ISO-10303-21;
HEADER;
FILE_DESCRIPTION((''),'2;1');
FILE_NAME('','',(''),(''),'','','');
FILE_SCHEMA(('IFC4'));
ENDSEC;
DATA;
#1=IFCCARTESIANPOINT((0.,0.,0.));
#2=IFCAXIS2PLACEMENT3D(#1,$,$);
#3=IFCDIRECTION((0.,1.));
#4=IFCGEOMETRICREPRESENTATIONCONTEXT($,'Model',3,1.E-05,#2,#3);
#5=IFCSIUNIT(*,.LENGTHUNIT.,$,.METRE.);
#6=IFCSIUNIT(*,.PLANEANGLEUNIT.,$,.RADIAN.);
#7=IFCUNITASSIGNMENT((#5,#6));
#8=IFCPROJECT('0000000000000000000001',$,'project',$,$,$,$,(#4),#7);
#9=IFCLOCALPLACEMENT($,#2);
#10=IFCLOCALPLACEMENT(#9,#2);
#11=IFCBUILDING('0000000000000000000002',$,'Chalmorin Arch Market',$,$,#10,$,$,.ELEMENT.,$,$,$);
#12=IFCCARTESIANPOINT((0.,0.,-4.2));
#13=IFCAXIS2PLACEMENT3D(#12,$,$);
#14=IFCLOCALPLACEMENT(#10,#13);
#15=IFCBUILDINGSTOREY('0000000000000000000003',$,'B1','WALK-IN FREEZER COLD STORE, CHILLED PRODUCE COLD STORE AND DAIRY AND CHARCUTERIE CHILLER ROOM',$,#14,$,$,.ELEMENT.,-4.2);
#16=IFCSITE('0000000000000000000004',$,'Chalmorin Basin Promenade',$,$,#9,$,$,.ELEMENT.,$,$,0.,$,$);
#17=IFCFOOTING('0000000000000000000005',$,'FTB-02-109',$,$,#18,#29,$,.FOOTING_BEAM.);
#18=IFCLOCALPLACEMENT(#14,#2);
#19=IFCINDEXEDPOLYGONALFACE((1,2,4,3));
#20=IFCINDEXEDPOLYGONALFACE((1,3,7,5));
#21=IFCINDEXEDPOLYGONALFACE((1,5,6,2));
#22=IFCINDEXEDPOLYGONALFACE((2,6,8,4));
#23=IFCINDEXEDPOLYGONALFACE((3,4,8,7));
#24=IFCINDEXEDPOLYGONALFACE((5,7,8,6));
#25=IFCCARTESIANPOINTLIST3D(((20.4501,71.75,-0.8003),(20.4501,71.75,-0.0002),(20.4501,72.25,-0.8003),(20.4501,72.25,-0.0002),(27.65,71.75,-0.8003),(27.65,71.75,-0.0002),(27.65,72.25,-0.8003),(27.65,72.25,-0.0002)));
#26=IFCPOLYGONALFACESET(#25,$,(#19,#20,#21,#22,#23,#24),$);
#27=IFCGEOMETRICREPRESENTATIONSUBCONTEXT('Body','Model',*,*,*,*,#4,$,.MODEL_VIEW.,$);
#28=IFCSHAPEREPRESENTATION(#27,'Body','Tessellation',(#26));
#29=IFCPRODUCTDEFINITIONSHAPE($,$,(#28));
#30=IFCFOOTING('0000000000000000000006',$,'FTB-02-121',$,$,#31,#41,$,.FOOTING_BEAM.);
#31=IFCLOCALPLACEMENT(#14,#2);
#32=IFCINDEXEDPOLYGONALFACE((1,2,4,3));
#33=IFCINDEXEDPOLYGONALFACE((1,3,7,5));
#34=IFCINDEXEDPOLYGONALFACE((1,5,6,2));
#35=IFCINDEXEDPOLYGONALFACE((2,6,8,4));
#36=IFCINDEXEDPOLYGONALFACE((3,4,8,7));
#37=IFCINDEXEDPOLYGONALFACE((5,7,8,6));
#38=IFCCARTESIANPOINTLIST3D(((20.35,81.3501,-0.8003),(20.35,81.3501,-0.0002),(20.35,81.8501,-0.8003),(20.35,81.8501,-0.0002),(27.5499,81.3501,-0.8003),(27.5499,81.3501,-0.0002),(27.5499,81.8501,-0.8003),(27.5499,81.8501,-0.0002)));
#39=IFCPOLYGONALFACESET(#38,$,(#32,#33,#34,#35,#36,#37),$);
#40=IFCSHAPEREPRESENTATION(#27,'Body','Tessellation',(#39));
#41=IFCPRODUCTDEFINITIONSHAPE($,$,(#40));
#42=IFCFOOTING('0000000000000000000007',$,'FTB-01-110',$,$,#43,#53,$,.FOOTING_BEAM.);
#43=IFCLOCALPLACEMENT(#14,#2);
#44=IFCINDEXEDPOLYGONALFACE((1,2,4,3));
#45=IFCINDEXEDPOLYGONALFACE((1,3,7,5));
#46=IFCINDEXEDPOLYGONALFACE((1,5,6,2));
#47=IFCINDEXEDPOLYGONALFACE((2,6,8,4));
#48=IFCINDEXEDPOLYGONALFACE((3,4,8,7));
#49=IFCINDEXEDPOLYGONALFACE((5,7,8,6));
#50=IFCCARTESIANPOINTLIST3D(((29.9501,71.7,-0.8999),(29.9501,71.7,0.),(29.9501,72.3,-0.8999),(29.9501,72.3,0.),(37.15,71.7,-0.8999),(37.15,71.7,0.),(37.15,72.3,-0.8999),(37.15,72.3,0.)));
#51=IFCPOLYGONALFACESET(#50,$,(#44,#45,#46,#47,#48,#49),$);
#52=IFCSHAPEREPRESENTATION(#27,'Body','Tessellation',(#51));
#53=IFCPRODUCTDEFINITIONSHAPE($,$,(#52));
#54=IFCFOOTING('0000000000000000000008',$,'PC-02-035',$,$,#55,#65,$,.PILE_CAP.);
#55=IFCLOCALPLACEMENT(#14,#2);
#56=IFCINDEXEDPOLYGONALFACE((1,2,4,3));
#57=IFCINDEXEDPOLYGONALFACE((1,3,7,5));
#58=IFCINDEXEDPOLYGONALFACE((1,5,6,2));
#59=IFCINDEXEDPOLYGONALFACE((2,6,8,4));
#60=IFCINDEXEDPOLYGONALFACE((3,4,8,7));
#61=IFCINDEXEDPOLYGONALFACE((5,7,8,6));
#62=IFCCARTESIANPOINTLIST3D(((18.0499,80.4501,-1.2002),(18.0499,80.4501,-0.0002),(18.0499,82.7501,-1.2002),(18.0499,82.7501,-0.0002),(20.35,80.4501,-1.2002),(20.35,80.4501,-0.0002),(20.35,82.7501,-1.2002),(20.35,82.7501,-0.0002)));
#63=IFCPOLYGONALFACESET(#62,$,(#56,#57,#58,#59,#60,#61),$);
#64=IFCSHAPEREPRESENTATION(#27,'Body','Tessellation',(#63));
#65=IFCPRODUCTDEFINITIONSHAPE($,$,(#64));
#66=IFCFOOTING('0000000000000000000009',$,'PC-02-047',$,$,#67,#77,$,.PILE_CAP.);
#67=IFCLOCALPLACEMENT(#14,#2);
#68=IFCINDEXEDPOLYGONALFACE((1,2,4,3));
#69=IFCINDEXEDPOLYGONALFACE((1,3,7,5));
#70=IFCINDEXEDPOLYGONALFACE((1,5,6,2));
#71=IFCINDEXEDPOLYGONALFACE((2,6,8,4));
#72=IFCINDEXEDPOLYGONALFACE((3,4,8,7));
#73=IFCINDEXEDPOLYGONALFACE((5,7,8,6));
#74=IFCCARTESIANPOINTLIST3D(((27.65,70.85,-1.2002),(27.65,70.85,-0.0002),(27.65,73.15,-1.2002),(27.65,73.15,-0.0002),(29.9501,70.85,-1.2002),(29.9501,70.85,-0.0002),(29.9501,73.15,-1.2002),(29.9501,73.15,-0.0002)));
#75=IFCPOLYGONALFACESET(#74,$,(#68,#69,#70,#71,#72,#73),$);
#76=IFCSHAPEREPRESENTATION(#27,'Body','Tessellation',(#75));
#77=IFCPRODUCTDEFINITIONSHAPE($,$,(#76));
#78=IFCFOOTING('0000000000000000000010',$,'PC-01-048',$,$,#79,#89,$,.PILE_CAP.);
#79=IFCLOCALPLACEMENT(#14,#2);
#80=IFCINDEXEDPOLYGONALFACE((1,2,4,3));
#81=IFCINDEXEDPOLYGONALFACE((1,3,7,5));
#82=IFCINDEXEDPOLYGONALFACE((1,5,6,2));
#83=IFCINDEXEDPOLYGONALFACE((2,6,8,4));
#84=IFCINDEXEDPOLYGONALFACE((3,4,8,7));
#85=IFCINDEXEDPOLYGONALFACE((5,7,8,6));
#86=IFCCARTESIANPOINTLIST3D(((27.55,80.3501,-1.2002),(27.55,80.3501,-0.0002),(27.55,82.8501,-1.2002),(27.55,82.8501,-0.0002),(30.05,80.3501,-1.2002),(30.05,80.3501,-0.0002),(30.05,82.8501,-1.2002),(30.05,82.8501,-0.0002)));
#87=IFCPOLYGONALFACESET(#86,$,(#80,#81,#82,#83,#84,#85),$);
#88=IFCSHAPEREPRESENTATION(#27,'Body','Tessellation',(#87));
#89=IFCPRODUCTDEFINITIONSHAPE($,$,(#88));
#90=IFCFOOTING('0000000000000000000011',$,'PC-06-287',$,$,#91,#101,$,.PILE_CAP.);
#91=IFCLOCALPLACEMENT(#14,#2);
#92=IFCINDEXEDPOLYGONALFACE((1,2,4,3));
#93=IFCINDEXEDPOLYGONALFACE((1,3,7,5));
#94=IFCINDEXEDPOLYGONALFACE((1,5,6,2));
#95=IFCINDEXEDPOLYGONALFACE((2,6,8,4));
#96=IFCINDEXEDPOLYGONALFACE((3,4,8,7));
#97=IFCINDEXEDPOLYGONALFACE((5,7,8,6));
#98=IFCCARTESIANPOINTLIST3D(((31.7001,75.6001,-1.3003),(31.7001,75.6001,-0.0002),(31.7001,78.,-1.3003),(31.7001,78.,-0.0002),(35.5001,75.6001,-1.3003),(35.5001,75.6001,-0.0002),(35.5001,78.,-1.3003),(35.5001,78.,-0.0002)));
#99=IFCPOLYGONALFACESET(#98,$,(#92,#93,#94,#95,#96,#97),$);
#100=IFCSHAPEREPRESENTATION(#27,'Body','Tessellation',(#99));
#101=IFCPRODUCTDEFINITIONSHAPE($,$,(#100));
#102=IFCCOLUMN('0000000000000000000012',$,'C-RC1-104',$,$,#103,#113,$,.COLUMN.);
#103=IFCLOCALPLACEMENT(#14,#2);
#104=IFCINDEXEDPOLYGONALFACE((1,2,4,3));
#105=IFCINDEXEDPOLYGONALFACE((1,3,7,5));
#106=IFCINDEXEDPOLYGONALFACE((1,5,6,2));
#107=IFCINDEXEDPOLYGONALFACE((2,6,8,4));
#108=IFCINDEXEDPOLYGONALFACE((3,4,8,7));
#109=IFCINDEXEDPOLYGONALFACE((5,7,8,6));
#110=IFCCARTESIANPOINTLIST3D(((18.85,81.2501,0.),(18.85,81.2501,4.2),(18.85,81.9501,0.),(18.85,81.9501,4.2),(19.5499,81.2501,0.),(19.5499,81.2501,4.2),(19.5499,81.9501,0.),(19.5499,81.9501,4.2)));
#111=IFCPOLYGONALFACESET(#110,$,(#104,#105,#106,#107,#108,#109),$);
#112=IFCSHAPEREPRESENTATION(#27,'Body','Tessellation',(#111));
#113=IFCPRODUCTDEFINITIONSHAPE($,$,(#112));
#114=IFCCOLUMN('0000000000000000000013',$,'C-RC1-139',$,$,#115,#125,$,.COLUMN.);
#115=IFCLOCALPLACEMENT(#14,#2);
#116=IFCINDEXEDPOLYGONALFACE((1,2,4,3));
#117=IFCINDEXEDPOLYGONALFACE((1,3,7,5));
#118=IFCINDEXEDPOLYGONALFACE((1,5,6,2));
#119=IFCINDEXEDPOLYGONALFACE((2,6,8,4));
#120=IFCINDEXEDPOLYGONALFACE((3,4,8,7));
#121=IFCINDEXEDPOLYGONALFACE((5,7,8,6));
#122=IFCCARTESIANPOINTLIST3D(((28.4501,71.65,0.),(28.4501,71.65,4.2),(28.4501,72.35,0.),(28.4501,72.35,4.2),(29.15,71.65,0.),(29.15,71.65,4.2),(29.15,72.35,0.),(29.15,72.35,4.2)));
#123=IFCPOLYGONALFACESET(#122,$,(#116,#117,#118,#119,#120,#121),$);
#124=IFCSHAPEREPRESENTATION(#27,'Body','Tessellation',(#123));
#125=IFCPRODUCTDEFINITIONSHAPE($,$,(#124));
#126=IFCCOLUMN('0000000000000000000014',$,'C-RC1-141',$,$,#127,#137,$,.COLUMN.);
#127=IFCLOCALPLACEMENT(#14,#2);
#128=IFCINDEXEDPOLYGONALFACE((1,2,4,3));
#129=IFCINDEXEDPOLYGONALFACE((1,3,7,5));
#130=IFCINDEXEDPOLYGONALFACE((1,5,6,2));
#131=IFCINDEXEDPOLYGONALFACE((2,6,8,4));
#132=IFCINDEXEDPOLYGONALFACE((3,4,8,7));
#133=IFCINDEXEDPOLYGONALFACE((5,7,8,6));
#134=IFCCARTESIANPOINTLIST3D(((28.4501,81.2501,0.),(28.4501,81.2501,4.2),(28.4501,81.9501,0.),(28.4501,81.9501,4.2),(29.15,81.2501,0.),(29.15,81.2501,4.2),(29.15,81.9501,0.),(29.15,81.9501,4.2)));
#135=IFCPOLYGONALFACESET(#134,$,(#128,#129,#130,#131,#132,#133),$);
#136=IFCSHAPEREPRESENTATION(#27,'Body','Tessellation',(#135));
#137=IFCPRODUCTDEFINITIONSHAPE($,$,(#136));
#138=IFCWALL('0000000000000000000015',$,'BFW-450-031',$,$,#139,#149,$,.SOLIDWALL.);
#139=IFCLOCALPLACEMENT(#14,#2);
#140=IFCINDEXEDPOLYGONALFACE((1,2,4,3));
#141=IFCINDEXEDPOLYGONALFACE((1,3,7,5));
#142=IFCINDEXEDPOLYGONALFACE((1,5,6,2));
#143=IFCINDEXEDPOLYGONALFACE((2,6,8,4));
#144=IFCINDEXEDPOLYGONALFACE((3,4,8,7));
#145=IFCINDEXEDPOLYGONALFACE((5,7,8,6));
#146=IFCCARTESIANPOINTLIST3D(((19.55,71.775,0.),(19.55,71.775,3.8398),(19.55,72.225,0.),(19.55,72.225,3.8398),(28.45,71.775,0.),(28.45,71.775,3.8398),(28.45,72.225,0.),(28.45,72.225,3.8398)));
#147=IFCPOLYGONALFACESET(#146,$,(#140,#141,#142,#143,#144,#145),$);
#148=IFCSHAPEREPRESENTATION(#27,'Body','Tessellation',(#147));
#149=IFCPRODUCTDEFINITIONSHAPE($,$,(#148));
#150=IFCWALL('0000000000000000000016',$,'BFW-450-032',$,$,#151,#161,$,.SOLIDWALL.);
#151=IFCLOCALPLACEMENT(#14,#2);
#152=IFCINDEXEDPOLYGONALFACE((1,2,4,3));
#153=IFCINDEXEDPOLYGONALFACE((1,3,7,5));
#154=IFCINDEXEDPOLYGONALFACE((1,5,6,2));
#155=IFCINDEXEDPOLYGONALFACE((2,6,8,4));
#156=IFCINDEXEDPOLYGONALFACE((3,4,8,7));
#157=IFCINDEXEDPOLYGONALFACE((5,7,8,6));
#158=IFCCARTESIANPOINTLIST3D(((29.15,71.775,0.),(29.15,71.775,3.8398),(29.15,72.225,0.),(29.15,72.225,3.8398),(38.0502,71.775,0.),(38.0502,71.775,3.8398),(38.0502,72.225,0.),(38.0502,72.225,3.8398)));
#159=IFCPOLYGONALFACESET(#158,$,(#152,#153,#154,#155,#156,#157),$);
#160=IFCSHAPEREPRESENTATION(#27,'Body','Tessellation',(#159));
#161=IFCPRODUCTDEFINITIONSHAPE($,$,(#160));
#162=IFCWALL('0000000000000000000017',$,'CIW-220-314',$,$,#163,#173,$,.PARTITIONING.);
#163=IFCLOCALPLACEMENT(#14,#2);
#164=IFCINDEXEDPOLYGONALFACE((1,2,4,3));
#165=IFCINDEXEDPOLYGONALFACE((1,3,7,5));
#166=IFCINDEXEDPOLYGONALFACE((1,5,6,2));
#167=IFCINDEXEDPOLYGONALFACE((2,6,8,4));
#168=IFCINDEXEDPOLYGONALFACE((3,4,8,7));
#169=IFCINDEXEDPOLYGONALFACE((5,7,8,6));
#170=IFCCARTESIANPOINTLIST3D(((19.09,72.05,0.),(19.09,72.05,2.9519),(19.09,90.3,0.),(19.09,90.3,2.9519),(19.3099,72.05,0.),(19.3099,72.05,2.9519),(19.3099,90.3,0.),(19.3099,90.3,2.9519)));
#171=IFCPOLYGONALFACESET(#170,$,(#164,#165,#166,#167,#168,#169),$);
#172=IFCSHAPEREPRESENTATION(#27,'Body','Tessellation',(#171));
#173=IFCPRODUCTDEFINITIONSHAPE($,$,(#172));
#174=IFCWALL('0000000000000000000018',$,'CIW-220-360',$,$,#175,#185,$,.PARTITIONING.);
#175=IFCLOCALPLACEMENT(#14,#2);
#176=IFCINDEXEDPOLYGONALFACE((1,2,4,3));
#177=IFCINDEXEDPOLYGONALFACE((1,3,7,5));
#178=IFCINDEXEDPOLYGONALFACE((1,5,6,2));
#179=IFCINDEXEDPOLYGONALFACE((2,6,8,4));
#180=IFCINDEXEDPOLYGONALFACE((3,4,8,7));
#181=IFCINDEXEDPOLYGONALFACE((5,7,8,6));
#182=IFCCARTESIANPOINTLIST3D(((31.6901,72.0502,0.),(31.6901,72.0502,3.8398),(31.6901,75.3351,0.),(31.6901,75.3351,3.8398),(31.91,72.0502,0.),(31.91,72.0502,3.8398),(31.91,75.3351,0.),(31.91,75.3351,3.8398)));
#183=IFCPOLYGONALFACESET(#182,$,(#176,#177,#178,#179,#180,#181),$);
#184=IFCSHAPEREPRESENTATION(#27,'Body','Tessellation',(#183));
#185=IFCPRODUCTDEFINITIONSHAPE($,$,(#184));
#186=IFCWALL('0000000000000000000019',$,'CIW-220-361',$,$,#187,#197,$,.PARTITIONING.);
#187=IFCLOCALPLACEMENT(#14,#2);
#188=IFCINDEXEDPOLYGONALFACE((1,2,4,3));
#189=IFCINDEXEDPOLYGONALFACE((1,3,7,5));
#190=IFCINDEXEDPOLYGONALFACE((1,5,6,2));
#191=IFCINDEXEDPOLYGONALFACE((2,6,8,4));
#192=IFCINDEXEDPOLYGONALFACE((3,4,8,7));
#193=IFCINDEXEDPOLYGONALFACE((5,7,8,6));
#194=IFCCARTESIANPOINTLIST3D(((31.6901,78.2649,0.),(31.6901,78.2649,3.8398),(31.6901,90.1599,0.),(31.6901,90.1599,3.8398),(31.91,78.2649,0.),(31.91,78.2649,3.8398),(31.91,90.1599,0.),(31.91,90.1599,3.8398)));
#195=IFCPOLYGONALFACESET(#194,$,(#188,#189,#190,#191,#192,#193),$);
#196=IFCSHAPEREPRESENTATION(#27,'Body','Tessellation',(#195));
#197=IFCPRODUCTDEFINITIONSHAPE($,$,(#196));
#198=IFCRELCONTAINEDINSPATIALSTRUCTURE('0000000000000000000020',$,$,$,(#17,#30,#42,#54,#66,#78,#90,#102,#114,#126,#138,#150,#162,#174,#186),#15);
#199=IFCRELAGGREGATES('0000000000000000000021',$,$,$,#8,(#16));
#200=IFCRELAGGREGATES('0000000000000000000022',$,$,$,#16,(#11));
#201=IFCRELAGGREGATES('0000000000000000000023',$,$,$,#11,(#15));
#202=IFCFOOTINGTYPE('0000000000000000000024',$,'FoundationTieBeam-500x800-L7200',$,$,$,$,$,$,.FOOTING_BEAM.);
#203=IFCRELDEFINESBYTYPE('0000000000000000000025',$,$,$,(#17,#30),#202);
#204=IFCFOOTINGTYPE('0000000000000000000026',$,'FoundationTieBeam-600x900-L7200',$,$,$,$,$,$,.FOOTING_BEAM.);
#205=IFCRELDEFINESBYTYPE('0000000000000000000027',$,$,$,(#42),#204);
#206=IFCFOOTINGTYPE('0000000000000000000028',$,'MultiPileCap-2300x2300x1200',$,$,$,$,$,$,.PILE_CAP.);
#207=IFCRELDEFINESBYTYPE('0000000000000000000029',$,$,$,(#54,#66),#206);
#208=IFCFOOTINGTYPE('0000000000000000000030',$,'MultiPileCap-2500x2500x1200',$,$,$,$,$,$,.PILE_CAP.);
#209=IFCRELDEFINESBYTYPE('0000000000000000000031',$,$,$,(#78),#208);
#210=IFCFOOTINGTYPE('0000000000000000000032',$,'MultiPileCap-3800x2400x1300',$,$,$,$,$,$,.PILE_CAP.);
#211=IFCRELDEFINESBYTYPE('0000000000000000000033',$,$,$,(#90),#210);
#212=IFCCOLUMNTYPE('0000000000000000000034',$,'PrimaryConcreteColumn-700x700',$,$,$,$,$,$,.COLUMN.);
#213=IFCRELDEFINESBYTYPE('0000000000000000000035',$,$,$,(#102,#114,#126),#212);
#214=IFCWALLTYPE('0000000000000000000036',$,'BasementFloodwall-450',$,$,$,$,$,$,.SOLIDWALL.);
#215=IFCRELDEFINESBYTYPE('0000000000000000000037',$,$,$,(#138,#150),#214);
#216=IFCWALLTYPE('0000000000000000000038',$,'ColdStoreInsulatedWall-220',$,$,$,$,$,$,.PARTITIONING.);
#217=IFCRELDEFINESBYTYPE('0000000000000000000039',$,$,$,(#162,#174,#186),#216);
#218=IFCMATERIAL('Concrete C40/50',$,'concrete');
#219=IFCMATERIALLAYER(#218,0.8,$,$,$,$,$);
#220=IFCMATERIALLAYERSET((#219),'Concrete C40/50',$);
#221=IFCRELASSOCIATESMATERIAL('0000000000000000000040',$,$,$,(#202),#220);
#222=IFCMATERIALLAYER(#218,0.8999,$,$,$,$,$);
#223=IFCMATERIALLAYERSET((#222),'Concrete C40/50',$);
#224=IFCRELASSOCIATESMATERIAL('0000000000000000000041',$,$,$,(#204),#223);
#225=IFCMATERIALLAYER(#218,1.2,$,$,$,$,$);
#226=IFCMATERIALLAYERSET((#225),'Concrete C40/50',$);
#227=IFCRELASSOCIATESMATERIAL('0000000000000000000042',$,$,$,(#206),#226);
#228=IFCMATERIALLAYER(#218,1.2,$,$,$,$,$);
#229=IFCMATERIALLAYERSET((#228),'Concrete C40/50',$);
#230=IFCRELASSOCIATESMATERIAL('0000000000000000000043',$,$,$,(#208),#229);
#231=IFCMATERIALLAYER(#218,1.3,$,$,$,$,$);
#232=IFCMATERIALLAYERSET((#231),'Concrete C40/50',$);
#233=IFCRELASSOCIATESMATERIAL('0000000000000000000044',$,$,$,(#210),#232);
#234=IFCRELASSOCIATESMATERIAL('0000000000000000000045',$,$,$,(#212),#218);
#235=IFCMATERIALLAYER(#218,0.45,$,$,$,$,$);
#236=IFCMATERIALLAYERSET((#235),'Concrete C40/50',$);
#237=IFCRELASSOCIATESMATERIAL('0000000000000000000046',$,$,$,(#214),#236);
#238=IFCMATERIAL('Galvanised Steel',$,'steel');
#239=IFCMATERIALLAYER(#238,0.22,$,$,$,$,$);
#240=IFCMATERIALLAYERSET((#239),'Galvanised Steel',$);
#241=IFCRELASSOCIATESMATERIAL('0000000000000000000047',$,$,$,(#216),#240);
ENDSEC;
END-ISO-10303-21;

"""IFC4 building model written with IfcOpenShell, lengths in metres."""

from ifc_helpers import new_model, si_unit, direction, frame, frame_2d, origin, origin_2d, place, context, subcontext, project, spatial, rectangle, extrude, material, layer, layer_set, material_profile, profile_set, type_object, element, save


model = new_model("IFC4")

# Units and contexts
model_context = context("Model", 3, precision=1e-05, world=origin(), true_north=direction((0.0, 1.0)))
body_context = subcontext(model_context, "Body", "Model", "MODEL_VIEW")
ifc_project = project(units=[si_unit("LENGTHUNIT", "METRE"), si_unit("PLANEANGLEUNIT", "RADIAN")], contexts=[model_context])

# Site, building, storey
site_placement = place(None, origin())
site = spatial("IfcSite", under=ifc_project, at=site_placement, Name="Chalmorin Basin Promenade", CompositionType="ELEMENT", RefElevation=0.0)
building_placement = place(site_placement, origin())
building = spatial("IfcBuilding", under=site, at=building_placement, Name="Chalmorin Arch Market", CompositionType="ELEMENT")
storey_placement = place(building_placement, frame((0.0, 0.0, -4.2)))
storey = spatial("IfcBuildingStorey", under=building, at=storey_placement, Name="B1", Description="WALK-IN FREEZER COLD STORE, CHILLED PRODUCE COLD STORE AND DAIRY AND CHARCUTERIE CHILLER ROOM", CompositionType="ELEMENT", Elevation=-4.2)

# Footings
ifc_material_1 = material(Name="Concrete C40/50", Category="concrete")
ifc_layer_1 = layer(ifc_material_1, 0.8)
ifc_layer_set_1 = layer_set([ifc_layer_1], Name="Concrete C40/50")
footing_type_1 = type_object("IfcFootingType", Name="FoundationTieBeam-500x800-L7200", PredefinedType="FOOTING_BEAM", material=ifc_layer_set_1)
for number, where, z_axis, x_axis, name in (
    (1, (24.05, 72.0, -0.8003), (0.0, 0.0, 1.0), (1.0, 0.0, 0.0), "FTB-02-109"),
    (2, (23.95, 81.6001, -0.8003), (0.0, 0.0, 1.0), (1.0, 0.0, 0.0), "FTB-02-121"),
):
    element("IfcFooting", number, at=place(storey_placement, frame(where, z_axis=z_axis, x_axis=x_axis)), inside=storey, type_object=footing_type_1, Name=name, PredefinedType="FOOTING_BEAM", context=body_context, shape_type="SweptSolid", body=[
        extrude(rectangle(XDim=7.2, YDim=0.5, at=origin_2d()), origin(), (0.0, 0.0, 1.0), 0.8),
    ])
ifc_layer_2 = layer(ifc_material_1, 0.8999)
ifc_layer_set_2 = layer_set([ifc_layer_2], Name="Concrete C40/50")
footing_type_2 = type_object("IfcFootingType", Name="FoundationTieBeam-600x900-L7200", PredefinedType="FOOTING_BEAM", material=ifc_layer_set_2)
footing_1_placement = place(storey_placement, frame((33.55, 72.0, -0.8999), z_axis=(0.0, 0.0, 1.0), x_axis=(1.0, 0.0, 0.0)))
element("IfcFooting", 3, at=footing_1_placement, inside=storey, type_object=footing_type_2, Name="FTB-01-110", PredefinedType="FOOTING_BEAM", context=body_context, shape_type="SweptSolid", body=[
    extrude(rectangle(XDim=7.2, YDim=0.6001, at=origin_2d()), origin(), (0.0, 0.0, 1.0), 0.8999),
])
ifc_layer_3 = layer(ifc_material_1, 1.2)
ifc_layer_set_3 = layer_set([ifc_layer_3], Name="Concrete C40/50")
footing_type_3 = type_object("IfcFootingType", Name="MultiPileCap-2300x2300x1200", PredefinedType="PILE_CAP", material=ifc_layer_set_3)
for number, where, z_axis, x_axis, name in (
    (4, (19.2, 81.6001, -1.2002), (0.0, 0.0, 1.0), (1.0, 0.0, 0.0), "PC-02-035"),
    (5, (28.8, 72.0, -1.2002), (0.0, 0.0, 1.0), (1.0, 0.0, 0.0), "PC-02-047"),
):
    element("IfcFooting", number, at=place(storey_placement, frame(where, z_axis=z_axis, x_axis=x_axis)), inside=storey, type_object=footing_type_3, Name=name, PredefinedType="PILE_CAP", context=body_context, shape_type="SweptSolid", body=[
        extrude(rectangle(XDim=2.3, YDim=2.3, at=origin_2d()), origin(), (0.0, 0.0, 1.0), 1.2),
    ])
ifc_layer_4 = layer(ifc_material_1, 1.2)
ifc_layer_set_4 = layer_set([ifc_layer_4], Name="Concrete C40/50")
footing_type_4 = type_object("IfcFootingType", Name="MultiPileCap-2500x2500x1200", PredefinedType="PILE_CAP", material=ifc_layer_set_4)
footing_2_placement = place(storey_placement, frame((28.8, 81.6001, -1.2002), z_axis=(0.0, 0.0, 1.0), x_axis=(1.0, 0.0, 0.0)))
element("IfcFooting", 6, at=footing_2_placement, inside=storey, type_object=footing_type_4, Name="PC-01-048", PredefinedType="PILE_CAP", context=body_context, shape_type="SweptSolid", body=[
    extrude(rectangle(XDim=2.5, YDim=2.5, at=origin_2d()), origin(), (0.0, 0.0, 1.0), 1.2),
])
ifc_layer_5 = layer(ifc_material_1, 1.3)
ifc_layer_set_5 = layer_set([ifc_layer_5], Name="Concrete C40/50")
footing_type_5 = type_object("IfcFootingType", Name="MultiPileCap-3800x2400x1300", PredefinedType="PILE_CAP", material=ifc_layer_set_5)
footing_3_placement = place(storey_placement, frame((33.6001, 76.8, -1.3003), z_axis=(0.0, 0.0, 1.0), x_axis=(1.0, 0.0, 0.0)))
element("IfcFooting", 7, at=footing_3_placement, inside=storey, type_object=footing_type_5, Name="PC-06-287", PredefinedType="PILE_CAP", context=body_context, shape_type="SweptSolid", body=[
    extrude(rectangle(XDim=3.8, YDim=2.3999, at=origin_2d()), origin(), (0.0, 0.0, 1.0), 1.3),
])

# Columns
ifc_material_profile_1 = material_profile(ifc_material_1, rectangle(XDim=0.7, YDim=0.7, at=origin_2d()), Name="RC700X700")
ifc_profile_set_1 = profile_set([ifc_material_profile_1], Name="Concrete C40/50")
column_type = type_object("IfcColumnType", Name="PrimaryConcreteColumn-700x700", PredefinedType="COLUMN", material=ifc_profile_set_1)
for number, where, z_axis, x_axis, name in (
    (8, (19.2, 81.6001, 0.0), (0.0, 0.0, 1.0), (1.0, 0.0, 0.0), "C-RC1-104"),
    (9, (28.8, 72.0, 0.0), (0.0, 0.0, 1.0), (1.0, 0.0, 0.0), "C-RC1-139"),
    (10, (28.8, 81.6001, 0.0), (0.0, 0.0, 1.0), (1.0, 0.0, 0.0), "C-RC1-141"),
):
    element("IfcColumn", number, at=place(storey_placement, frame(where, z_axis=z_axis, x_axis=x_axis)), inside=storey, type_object=column_type, Name=name, PredefinedType="COLUMN", context=body_context, shape_type="SweptSolid", body=[
        extrude(rectangle(XDim=0.7, YDim=0.7, at=origin_2d()), origin(), (0.0, 0.0, 1.0), 4.2),
    ])

# Walls
ifc_layer_6 = layer(ifc_material_1, 0.45)
ifc_layer_set_6 = layer_set([ifc_layer_6], Name="Concrete C40/50")
wall_type_1 = type_object("IfcWallType", Name="BasementFloodwall-450", PredefinedType="SOLIDWALL", material=ifc_layer_set_6)
wall_1_placement = place(storey_placement, frame((19.55, 72.0, 0.0), z_axis=(0.0, 0.0, 1.0), x_axis=(1.0, 0.0, 0.0)))
element("IfcWall", 11, at=wall_1_placement, inside=storey, type_object=wall_type_1, Name="BFW-450-031", PredefinedType="SOLIDWALL", context=body_context, shape_type="SweptSolid", body=[
    extrude(rectangle(XDim=8.8999, YDim=0.45, at=frame_2d((4.45, 0.0))), origin(), (0.0, 0.0, 1.0), 3.8398),
])
wall_2_placement = place(storey_placement, frame((29.1499, 72.0, 0.0), z_axis=(0.0, 0.0, 1.0), x_axis=(1.0, 0.0, 0.0)))
element("IfcWall", 12, at=wall_2_placement, inside=storey, type_object=wall_type_1, Name="BFW-450-032", PredefinedType="SOLIDWALL", context=body_context, shape_type="SweptSolid", body=[
    extrude(rectangle(XDim=8.9001, YDim=0.45, at=frame_2d((4.4502, 0.0))), origin(), (0.0, 0.0, 1.0), 3.8398),
])
ifc_material_2 = material(Name="Galvanised Steel", Category="steel")
ifc_layer_7 = layer(ifc_material_2, 0.22)
ifc_layer_set_7 = layer_set([ifc_layer_7], Name="Galvanised Steel")
wall_type_2 = type_object("IfcWallType", Name="ColdStoreInsulatedWall-220", PredefinedType="PARTITIONING", material=ifc_layer_set_7)
wall_3_placement = place(storey_placement, frame((19.2, 72.05, 0.0), z_axis=(0.0, 0.0, 1.0), x_axis=(0.0, 1.0, 0.0)))
element("IfcWall", 13, at=wall_3_placement, inside=storey, type_object=wall_type_2, Name="CIW-220-314", PredefinedType="PARTITIONING", context=body_context, shape_type="SweptSolid", body=[
    extrude(rectangle(XDim=18.25, YDim=0.22, at=frame_2d((9.125, 0.0))), origin(), (0.0, 0.0, 1.0), 2.9519),
])
wall_4_placement = place(storey_placement, frame((31.8, 72.05, 0.0), z_axis=(0.0, 0.0, 1.0), x_axis=(0.0, 1.0, 0.0)))
element("IfcWall", 14, at=wall_4_placement, inside=storey, type_object=wall_type_2, Name="CIW-220-360", PredefinedType="PARTITIONING", context=body_context, shape_type="SweptSolid", body=[
    extrude(rectangle(XDim=3.2849, YDim=0.22, at=frame_2d((1.6426, 0.0))), origin(), (0.0, 0.0, 1.0), 3.8398),
])
wall_5_placement = place(storey_placement, frame((31.8, 78.2649, 0.0), z_axis=(0.0, 0.0, 1.0), x_axis=(0.0, 1.0, 0.0)))
element("IfcWall", 15, at=wall_5_placement, inside=storey, type_object=wall_type_2, Name="CIW-220-361", PredefinedType="PARTITIONING", context=body_context, shape_type="SweptSolid", body=[
    extrude(rectangle(XDim=11.895, YDim=0.22, at=frame_2d((5.9475, 0.0))), origin(), (0.0, 0.0, 1.0), 3.8398),
])

save(model, "model.ifc")
